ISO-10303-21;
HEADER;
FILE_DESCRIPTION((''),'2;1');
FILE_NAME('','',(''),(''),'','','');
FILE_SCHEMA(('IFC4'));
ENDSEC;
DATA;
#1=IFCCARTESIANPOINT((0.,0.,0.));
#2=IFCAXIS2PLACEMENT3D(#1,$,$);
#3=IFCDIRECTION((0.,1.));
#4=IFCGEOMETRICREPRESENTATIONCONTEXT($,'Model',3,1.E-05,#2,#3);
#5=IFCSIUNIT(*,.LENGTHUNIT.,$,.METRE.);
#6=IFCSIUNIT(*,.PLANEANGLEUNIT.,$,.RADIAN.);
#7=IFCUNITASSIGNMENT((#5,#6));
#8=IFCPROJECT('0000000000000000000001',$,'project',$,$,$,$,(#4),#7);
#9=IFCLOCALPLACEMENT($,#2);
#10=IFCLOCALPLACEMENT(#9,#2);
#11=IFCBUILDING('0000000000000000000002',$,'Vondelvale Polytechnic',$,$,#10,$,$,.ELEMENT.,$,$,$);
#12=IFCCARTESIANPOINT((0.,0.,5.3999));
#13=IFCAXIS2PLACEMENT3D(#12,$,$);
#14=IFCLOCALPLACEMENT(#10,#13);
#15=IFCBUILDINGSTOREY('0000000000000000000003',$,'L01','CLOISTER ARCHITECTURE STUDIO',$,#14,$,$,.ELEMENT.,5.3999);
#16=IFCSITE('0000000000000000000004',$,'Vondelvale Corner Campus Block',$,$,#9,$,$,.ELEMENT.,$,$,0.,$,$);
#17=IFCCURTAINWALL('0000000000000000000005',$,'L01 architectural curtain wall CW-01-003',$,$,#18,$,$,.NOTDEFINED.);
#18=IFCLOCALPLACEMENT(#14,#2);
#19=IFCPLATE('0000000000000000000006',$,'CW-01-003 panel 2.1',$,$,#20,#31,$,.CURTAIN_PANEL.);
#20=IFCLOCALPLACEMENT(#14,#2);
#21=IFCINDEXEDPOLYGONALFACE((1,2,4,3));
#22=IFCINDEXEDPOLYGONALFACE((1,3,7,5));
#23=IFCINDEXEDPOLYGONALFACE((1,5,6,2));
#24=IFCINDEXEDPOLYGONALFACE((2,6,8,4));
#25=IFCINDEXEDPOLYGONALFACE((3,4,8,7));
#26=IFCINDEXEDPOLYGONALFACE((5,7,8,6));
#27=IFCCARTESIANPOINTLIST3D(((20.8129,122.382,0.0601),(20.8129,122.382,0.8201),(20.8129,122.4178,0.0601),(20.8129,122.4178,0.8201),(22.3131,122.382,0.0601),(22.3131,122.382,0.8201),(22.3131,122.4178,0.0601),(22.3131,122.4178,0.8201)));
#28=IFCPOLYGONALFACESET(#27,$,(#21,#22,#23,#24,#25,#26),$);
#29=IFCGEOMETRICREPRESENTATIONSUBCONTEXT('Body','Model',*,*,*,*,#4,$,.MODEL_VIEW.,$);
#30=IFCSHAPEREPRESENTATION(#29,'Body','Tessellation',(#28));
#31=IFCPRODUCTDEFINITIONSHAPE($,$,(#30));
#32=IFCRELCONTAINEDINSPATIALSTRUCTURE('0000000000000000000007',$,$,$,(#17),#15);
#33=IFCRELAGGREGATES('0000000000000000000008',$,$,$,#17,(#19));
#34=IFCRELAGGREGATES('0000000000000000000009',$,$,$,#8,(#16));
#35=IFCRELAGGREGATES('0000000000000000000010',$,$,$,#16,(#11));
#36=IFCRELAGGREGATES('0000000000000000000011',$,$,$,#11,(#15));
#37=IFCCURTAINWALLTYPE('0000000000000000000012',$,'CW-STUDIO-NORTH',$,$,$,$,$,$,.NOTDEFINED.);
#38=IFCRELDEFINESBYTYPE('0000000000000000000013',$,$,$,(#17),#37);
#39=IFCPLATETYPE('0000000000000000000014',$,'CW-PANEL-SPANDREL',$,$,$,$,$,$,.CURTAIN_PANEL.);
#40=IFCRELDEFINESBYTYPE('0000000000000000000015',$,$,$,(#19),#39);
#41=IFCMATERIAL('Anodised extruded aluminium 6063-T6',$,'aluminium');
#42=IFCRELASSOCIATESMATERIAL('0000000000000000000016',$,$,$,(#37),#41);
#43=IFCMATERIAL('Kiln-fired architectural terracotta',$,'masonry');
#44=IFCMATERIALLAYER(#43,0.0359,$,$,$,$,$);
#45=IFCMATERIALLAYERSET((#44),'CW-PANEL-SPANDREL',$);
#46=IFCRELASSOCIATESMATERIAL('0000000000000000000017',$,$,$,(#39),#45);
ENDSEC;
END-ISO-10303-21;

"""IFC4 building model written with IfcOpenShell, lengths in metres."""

from ifc_helpers import new_model, si_unit, direction, frame, origin, origin_2d, place, context, subcontext, project, spatial, rectangle, extrude, material, layer, layer_set, type_object, element, aggregate, save


model = new_model("IFC4")

# Units and contexts
model_context = context("Model", 3, precision=1e-05, world=origin(), true_north=direction((0.0, 1.0)))
body_context = subcontext(model_context, "Body", "Model", "MODEL_VIEW")
ifc_project = project(units=[si_unit("LENGTHUNIT", "METRE"), si_unit("PLANEANGLEUNIT", "RADIAN")], contexts=[model_context])

# Site, building, storey
site_placement = place(None, origin())
site = spatial("IfcSite", under=ifc_project, at=site_placement, Name="Vondelvale Corner Campus Block", CompositionType="ELEMENT", RefElevation=0.0)
building_placement = place(site_placement, origin())
building = spatial("IfcBuilding", under=site, at=building_placement, Name="Vondelvale Polytechnic", CompositionType="ELEMENT")
storey_placement = place(building_placement, frame((0.0, 0.0, 5.3999)))
storey = spatial("IfcBuildingStorey", under=building, at=storey_placement, Name="L01", Description="CLOISTER ARCHITECTURE STUDIO", CompositionType="ELEMENT", Elevation=5.3999)

# Shared definitions
ifc_material_1 = material(Name="Anodised extruded aluminium 6063-T6", Category="aluminium")
curtain_wall_type = type_object("IfcCurtainWallType", Name="CW-STUDIO-NORTH", PredefinedType="NOTDEFINED", material=ifc_material_1)

# Curtain wall
curtain_wall_1_placement = place(storey_placement, origin())
curtain_wall_1 = element("IfcCurtainWall", 1, at=curtain_wall_1_placement, inside=storey, type_object=curtain_wall_type, Name="L01 architectural curtain wall CW-01-003", PredefinedType="NOTDEFINED")

# Plate
ifc_material_2 = material(Name="Kiln-fired architectural terracotta", Category="masonry")
ifc_layer_1 = layer(ifc_material_2, 0.0359)
ifc_layer_set_1 = layer_set([ifc_layer_1], Name="CW-PANEL-SPANDREL")
plate_type_1 = type_object("IfcPlateType", Name="CW-PANEL-SPANDREL", PredefinedType="CURTAIN_PANEL", material=ifc_layer_set_1)
plate_1_placement = place(storey_placement, frame((21.563, 122.3999, 0.0601), z_axis=(0.0, 0.0, 1.0), x_axis=(1.0, 0.0, 0.0)))
plate_1 = element("IfcPlate", 2, at=plate_1_placement, type_object=plate_type_1, Name="CW-01-003 panel 2.1", PredefinedType="CURTAIN_PANEL", context=body_context, shape_type="SweptSolid", body=[
    extrude(rectangle(XDim=1.5002, YDim=0.0359, at=origin_2d()), origin(), (0.0, 0.0, 1.0), 0.76),
])
aggregate(curtain_wall_1, [plate_1])

save(model, "model.ifc")
